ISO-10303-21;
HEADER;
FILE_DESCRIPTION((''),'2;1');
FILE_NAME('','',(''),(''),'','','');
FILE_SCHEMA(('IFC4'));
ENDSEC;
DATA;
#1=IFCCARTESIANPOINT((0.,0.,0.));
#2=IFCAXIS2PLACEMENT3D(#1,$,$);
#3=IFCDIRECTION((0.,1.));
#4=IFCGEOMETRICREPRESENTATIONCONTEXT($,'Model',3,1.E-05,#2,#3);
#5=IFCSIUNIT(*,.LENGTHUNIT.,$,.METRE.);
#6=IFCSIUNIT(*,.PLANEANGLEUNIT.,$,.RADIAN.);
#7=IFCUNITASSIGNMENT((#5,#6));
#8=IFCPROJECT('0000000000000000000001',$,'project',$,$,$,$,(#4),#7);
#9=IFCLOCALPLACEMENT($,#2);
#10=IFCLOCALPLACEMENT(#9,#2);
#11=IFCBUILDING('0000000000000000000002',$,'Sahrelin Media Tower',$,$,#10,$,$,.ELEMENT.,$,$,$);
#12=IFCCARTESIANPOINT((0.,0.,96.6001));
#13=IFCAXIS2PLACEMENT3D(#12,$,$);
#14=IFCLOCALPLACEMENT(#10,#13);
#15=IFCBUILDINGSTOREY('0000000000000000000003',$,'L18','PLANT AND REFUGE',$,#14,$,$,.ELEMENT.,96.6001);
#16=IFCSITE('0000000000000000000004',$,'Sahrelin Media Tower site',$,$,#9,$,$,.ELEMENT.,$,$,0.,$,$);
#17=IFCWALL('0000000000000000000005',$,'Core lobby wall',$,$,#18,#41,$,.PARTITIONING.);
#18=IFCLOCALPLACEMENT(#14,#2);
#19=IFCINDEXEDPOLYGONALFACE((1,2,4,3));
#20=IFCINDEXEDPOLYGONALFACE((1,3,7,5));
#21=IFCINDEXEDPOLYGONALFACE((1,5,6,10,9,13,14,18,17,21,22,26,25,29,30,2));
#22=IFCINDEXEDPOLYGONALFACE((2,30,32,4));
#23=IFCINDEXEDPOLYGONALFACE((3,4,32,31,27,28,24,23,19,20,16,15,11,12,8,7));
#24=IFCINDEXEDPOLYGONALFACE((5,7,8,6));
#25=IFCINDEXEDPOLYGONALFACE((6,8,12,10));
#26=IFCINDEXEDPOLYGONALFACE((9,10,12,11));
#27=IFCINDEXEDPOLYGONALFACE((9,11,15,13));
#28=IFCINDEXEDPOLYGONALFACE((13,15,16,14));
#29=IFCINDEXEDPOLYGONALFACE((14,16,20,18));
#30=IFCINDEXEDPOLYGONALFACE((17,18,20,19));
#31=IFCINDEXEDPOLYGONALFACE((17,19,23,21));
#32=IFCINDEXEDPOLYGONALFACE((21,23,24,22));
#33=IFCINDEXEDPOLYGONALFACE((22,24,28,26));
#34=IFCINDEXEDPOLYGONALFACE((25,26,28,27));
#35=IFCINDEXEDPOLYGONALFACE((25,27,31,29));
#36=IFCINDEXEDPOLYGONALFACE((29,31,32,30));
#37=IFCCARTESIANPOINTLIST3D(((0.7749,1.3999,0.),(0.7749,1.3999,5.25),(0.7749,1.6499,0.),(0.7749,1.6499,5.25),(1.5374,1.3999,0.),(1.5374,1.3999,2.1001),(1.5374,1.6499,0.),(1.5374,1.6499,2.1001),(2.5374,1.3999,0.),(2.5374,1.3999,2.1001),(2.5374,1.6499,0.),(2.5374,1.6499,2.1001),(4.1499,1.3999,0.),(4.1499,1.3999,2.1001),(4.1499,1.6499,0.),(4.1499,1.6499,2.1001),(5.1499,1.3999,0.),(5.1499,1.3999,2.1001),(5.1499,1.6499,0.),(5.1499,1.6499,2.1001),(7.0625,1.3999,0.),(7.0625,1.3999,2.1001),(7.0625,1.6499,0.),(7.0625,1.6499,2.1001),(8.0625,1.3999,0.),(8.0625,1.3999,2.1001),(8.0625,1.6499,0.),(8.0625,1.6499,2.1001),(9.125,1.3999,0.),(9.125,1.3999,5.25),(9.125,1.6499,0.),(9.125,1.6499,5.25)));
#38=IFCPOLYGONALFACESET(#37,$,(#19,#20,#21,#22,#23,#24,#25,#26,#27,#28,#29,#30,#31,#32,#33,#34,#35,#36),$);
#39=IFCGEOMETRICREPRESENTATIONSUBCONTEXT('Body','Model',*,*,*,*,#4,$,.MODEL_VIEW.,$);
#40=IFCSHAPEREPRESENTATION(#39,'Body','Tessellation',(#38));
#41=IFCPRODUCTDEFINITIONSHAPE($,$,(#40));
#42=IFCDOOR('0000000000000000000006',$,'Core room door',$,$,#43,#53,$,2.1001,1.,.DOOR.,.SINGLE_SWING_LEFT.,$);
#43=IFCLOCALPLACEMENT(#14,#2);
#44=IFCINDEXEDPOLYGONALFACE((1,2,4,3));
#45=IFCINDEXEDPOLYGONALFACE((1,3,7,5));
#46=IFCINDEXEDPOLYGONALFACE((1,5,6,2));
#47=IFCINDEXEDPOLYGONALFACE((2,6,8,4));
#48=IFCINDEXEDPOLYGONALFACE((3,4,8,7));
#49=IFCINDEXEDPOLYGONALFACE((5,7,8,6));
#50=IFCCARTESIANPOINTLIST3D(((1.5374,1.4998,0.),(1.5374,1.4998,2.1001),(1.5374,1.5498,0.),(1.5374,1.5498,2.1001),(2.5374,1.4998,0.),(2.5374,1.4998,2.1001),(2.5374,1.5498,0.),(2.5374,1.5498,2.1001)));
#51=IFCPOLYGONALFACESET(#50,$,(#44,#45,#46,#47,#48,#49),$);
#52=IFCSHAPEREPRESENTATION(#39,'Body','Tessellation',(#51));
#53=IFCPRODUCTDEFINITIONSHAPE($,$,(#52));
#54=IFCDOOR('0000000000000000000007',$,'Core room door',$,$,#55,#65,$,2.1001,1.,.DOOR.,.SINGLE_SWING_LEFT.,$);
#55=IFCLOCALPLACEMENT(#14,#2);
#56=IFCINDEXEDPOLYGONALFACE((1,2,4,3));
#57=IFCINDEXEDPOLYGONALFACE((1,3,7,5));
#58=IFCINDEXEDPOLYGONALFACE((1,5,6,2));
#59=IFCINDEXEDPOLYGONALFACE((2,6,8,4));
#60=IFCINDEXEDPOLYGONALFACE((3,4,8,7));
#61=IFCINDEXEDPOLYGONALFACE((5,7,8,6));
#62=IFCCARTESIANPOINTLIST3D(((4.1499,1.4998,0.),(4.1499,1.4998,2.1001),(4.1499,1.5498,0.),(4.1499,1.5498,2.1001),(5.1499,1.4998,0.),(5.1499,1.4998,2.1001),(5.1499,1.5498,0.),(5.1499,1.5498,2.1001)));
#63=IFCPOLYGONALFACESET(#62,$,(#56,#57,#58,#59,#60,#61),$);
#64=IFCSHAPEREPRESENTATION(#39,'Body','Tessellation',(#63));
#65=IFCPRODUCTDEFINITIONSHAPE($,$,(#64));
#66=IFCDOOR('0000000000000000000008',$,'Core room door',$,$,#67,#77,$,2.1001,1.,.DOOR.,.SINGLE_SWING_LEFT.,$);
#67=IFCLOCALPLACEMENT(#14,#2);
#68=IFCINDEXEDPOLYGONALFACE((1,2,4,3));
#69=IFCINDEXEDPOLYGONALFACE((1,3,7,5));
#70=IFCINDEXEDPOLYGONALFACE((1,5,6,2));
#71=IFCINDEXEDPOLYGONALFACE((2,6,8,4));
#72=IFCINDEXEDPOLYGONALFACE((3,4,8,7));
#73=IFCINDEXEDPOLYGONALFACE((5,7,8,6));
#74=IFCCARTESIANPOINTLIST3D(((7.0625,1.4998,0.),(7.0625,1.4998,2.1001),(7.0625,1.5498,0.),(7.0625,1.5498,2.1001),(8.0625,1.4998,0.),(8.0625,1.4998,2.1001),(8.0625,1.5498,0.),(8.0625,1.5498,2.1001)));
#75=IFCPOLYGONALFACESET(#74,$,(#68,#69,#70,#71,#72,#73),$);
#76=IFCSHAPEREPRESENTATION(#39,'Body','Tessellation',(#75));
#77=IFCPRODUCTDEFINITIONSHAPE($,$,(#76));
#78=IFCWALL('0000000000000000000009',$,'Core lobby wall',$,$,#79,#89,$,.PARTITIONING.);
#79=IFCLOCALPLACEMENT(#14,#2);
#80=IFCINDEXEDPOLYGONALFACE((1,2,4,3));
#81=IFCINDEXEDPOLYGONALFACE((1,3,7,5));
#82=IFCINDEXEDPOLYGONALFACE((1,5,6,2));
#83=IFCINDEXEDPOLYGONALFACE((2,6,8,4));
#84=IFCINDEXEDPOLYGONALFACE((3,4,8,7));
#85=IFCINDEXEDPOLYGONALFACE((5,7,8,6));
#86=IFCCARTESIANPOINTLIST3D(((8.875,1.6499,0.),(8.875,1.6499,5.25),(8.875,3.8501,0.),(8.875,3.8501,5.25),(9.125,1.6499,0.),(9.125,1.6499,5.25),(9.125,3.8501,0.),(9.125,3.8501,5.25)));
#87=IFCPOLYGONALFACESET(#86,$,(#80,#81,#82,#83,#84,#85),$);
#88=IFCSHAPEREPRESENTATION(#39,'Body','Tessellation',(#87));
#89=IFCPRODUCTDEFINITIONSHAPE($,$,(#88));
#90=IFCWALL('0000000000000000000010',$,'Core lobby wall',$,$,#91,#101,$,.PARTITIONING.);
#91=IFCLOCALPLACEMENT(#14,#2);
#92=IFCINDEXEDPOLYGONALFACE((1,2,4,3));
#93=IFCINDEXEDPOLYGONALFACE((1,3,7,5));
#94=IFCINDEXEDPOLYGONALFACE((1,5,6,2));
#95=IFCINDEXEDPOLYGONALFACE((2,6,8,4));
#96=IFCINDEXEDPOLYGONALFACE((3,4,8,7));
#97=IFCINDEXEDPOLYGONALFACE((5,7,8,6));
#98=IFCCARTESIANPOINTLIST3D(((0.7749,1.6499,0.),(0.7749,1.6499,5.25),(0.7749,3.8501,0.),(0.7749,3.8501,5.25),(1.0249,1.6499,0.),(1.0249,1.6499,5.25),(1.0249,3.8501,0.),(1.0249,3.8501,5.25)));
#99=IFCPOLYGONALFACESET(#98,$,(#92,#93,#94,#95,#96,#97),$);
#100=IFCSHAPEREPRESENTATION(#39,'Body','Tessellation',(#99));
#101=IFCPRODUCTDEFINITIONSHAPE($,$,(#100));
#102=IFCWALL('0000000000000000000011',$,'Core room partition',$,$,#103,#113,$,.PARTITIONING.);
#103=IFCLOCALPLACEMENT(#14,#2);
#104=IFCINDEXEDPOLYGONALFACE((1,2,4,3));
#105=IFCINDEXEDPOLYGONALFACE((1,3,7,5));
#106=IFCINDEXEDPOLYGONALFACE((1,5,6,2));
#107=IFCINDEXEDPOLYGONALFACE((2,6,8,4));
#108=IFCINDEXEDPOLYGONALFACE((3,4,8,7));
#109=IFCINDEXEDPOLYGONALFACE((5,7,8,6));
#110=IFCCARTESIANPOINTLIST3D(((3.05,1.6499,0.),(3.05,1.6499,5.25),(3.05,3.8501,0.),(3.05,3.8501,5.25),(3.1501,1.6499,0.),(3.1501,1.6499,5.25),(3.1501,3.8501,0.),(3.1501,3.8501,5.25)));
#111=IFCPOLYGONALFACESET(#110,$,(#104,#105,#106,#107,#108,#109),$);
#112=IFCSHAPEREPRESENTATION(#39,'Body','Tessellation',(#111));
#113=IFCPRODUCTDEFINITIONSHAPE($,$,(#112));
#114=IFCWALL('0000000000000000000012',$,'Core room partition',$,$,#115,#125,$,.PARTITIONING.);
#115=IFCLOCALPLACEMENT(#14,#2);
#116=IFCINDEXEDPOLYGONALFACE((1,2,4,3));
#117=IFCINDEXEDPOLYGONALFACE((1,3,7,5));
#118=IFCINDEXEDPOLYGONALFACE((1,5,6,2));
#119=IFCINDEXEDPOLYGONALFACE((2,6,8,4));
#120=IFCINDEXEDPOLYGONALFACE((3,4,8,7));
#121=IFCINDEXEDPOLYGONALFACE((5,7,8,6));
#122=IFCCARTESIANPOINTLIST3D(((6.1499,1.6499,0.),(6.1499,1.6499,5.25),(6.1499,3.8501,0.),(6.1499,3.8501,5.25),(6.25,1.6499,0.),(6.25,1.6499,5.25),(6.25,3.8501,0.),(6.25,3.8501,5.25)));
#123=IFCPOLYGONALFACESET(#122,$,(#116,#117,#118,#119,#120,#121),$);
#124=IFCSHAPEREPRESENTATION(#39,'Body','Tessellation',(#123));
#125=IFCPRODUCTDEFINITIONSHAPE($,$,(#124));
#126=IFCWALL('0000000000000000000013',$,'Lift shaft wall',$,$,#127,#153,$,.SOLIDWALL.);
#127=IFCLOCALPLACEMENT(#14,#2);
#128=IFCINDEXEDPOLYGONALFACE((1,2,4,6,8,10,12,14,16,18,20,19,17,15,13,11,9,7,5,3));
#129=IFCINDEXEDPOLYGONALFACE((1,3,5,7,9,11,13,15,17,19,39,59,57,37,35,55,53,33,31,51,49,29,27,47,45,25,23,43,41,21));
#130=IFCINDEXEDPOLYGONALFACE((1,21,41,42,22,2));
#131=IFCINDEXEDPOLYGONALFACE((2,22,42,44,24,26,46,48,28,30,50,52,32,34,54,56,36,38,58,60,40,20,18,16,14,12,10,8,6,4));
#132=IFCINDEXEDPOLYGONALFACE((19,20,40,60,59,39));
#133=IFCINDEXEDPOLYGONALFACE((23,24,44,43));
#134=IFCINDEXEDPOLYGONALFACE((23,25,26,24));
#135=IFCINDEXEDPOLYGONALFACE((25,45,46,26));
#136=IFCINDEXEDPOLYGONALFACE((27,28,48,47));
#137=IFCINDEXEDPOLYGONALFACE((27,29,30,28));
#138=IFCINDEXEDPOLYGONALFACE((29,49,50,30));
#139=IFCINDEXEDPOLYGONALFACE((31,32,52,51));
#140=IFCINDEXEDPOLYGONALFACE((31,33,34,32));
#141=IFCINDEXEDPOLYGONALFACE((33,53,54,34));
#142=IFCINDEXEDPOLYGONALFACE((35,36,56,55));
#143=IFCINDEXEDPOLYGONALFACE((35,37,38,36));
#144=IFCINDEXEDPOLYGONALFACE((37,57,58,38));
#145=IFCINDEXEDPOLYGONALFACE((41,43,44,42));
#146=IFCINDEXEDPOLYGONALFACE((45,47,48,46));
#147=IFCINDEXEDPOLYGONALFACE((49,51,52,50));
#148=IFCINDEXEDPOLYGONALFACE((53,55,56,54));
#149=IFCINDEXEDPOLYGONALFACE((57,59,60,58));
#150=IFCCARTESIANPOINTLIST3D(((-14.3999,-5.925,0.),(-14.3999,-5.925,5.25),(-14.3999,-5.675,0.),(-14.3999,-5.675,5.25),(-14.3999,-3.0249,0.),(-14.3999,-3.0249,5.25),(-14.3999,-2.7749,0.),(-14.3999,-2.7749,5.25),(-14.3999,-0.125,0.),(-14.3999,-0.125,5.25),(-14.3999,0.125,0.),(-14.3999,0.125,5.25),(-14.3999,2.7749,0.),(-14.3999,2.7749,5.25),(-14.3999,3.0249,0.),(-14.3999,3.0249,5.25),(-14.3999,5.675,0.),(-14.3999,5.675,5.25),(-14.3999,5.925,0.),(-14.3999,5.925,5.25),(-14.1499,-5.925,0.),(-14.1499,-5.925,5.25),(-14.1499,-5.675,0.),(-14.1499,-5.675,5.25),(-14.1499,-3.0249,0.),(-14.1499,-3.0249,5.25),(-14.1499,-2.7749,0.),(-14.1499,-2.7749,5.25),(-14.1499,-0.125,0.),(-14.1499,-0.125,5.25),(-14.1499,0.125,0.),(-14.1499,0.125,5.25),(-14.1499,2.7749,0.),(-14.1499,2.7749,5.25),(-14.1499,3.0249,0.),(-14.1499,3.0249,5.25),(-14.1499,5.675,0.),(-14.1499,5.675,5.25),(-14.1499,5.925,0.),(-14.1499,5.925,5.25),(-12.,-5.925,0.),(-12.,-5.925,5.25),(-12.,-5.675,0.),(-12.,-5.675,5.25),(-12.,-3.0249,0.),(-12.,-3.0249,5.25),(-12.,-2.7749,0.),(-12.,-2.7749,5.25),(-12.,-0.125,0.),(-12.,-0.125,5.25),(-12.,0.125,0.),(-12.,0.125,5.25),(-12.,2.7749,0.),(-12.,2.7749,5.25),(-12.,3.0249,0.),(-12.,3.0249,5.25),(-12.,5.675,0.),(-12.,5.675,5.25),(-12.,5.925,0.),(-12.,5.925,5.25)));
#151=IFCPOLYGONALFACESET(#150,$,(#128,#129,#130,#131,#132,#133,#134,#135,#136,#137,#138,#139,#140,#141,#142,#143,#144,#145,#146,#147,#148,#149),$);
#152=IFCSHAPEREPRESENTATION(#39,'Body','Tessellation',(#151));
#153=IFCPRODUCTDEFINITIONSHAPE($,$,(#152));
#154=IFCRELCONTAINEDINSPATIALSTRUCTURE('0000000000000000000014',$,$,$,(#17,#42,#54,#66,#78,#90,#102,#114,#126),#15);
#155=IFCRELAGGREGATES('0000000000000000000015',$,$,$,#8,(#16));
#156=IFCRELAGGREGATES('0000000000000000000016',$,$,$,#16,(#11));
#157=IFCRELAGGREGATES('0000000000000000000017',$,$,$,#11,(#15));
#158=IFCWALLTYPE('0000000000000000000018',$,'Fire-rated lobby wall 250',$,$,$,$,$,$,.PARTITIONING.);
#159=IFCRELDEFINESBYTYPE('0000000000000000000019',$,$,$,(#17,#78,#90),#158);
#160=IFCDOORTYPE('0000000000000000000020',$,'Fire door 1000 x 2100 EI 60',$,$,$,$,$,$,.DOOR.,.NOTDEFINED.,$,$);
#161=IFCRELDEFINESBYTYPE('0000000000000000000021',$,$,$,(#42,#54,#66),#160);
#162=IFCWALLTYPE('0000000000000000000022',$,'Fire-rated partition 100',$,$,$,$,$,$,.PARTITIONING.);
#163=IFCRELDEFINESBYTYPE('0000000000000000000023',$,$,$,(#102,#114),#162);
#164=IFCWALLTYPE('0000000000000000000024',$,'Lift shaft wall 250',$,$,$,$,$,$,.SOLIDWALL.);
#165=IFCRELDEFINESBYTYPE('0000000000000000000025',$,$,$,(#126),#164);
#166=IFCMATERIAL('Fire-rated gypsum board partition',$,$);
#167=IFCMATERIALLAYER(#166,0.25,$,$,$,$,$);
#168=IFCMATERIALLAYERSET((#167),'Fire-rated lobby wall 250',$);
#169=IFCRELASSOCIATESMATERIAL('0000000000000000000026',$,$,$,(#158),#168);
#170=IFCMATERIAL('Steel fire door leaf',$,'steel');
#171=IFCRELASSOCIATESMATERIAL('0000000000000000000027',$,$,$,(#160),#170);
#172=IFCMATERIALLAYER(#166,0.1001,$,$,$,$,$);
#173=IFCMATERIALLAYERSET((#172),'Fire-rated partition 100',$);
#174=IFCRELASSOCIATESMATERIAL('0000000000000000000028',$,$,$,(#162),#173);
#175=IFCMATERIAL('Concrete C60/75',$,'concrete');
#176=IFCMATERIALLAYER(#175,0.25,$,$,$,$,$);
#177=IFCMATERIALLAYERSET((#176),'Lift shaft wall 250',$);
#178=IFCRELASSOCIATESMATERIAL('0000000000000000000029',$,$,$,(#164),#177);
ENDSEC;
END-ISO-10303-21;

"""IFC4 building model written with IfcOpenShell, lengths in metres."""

from ifc_helpers import new_model, si_unit, direction, frame, frame_2d, origin, place, context, subcontext, project, spatial, polyline, rectangle, outline, extrude, material, layer, layer_set, type_object, element, fill, save


model = new_model("IFC4")

# Units and contexts
model_context = context("Model", 3, precision=1e-05, world=origin(), true_north=direction((0.0, 1.0)))
body_context = subcontext(model_context, "Body", "Model", "MODEL_VIEW")
ifc_project = project(units=[si_unit("LENGTHUNIT", "METRE"), si_unit("PLANEANGLEUNIT", "RADIAN")], contexts=[model_context])

# Site, building, storey
site_placement = place(None, origin())
site = spatial("IfcSite", under=ifc_project, at=site_placement, Name="Sahrelin Media Tower site", CompositionType="ELEMENT", RefElevation=0.0)
building_placement = place(site_placement, origin())
building = spatial("IfcBuilding", under=site, at=building_placement, Name="Sahrelin Media Tower", CompositionType="ELEMENT")
storey_placement = place(building_placement, frame((0.0, 0.0, 96.6001)))
storey = spatial("IfcBuildingStorey", under=building, at=storey_placement, Name="L18", Description="PLANT AND REFUGE", CompositionType="ELEMENT", Elevation=96.6001)

# Shared definitions
placement_1 = place(storey_placement, origin())

# Wall, openings, doors
ifc_material_1 = material(Name="Fire-rated gypsum board partition")
ifc_layer_1 = layer(ifc_material_1, 0.25)
ifc_layer_set_1 = layer_set([ifc_layer_1], Name="Fire-rated lobby wall 250")
wall_type_1 = type_object("IfcWallType", Name="Fire-rated lobby wall 250", PredefinedType="PARTITIONING", material=ifc_layer_set_1)
wall_1_placement = place(storey_placement, frame((0.7749, 1.5249, 0.0), z_axis=(0.0, 0.0, 1.0), x_axis=(1.0, 0.0, 0.0)))
wall_1 = element("IfcWall", 1, at=wall_1_placement, inside=storey, type_object=wall_type_1, Name="Core lobby wall", PredefinedType="PARTITIONING", context=body_context, shape_type="SweptSolid", body=[
    extrude(rectangle(XDim=8.3501, YDim=0.25, at=frame_2d((4.175, 0.0))), origin(), (0.0, 0.0, 1.0), 5.25),
])
opening_1_placement = place(wall_1_placement, frame((0.7625, 0.0, 0.0)))
opening_1 = element("IfcOpeningElement", 2, at=opening_1_placement, cuts=wall_1, PredefinedType="OPENING", context=body_context, shape_type="SweptSolid", body=[
    extrude(rectangle(XDim=1.0, YDim=2.1001, at=frame_2d((0.5, 1.05))), frame((0.0, 0.125, 0.0), z_axis=(0.0, -1.0, 0.0), x_axis=(1.0, 0.0, 0.0)), (0.0, 0.0, 1.0), 0.25),
])
opening_2_placement = place(wall_1_placement, frame((3.375, 0.0, 0.0)))
opening_2 = element("IfcOpeningElement", 3, at=opening_2_placement, cuts=wall_1, PredefinedType="OPENING", context=body_context, shape_type="SweptSolid", body=[
    extrude(rectangle(XDim=1.0, YDim=2.1001, at=frame_2d((0.5, 1.05))), frame((0.0, 0.125, 0.0), z_axis=(0.0, -1.0, 0.0), x_axis=(1.0, 0.0, 0.0)), (0.0, 0.0, 1.0), 0.25),
])
opening_3_placement = place(wall_1_placement, frame((6.2876, 0.0, 0.0)))
opening_3 = element("IfcOpeningElement", 4, at=opening_3_placement, cuts=wall_1, PredefinedType="OPENING", context=body_context, shape_type="SweptSolid", body=[
    extrude(rectangle(XDim=1.0, YDim=2.1001, at=frame_2d((0.5, 1.05))), frame((0.0, 0.125, 0.0), z_axis=(0.0, -1.0, 0.0), x_axis=(1.0, 0.0, 0.0)), (0.0, 0.0, 1.0), 0.25),
])
ifc_material_2 = material(Name="Steel fire door leaf", Category="steel")
door_type_1 = type_object("IfcDoorType", Name="Fire door 1000 x 2100 EI 60", OperationType="NOTDEFINED", PredefinedType="DOOR", material=ifc_material_2)
door_1_placement = place(opening_1_placement, origin())
door_1 = element("IfcDoor", 5, at=door_1_placement, inside=storey, type_object=door_type_1, Name="Core room door", OperationType="SINGLE_SWING_LEFT", OverallHeight=2.1001, OverallWidth=1.0, PredefinedType="DOOR", context=body_context, shape_type="SweptSolid", body=[
    extrude(rectangle(XDim=1.0, YDim=2.1001, at=frame_2d((0.5, 1.05))), frame((0.0, 0.0249, 0.0), z_axis=(0.0, -1.0, 0.0), x_axis=(1.0, 0.0, 0.0)), (0.0, 0.0, 1.0), 0.05),
])
fill(opening_1, door_1)
door_2_placement = place(opening_2_placement, origin())
door_2 = element("IfcDoor", 6, at=door_2_placement, inside=storey, type_object=door_type_1, Name="Core room door", OperationType="SINGLE_SWING_LEFT", OverallHeight=2.1001, OverallWidth=1.0, PredefinedType="DOOR", context=body_context, shape_type="SweptSolid", body=[
    extrude(rectangle(XDim=1.0, YDim=2.1001, at=frame_2d((0.5, 1.05))), frame((0.0, 0.0249, 0.0), z_axis=(0.0, -1.0, 0.0), x_axis=(1.0, 0.0, 0.0)), (0.0, 0.0, 1.0), 0.05),
])
fill(opening_2, door_2)
door_3_placement = place(opening_3_placement, origin())
door_3 = element("IfcDoor", 7, at=door_3_placement, inside=storey, type_object=door_type_1, Name="Core room door", OperationType="SINGLE_SWING_LEFT", OverallHeight=2.1001, OverallWidth=1.0, PredefinedType="DOOR", context=body_context, shape_type="SweptSolid", body=[
    extrude(rectangle(XDim=1.0, YDim=2.1001, at=frame_2d((0.5, 1.05))), frame((0.0, 0.0249, 0.0), z_axis=(0.0, -1.0, 0.0), x_axis=(1.0, 0.0, 0.0)), (0.0, 0.0, 1.0), 0.05),
])
fill(opening_3, door_3)

# Walls
for number, where, z_axis, x_axis, name in (
    (8, (9.0, 1.6499, 0.0), (0.0, 0.0, 1.0), (0.0, 1.0, 0.0), "Core lobby wall"),
    (9, (0.8999, 1.6499, 0.0), (0.0, 0.0, 1.0), (0.0, 1.0, 0.0), "Core lobby wall"),
):
    element("IfcWall", number, at=place(storey_placement, frame(where, z_axis=z_axis, x_axis=x_axis)), inside=storey, type_object=wall_type_1, Name=name, PredefinedType="PARTITIONING", context=body_context, shape_type="SweptSolid", body=[
        extrude(rectangle(XDim=2.2002, YDim=0.25, at=frame_2d((1.1001, 0.0))), origin(), (0.0, 0.0, 1.0), 5.25),
    ])
ifc_layer_2 = layer(ifc_material_1, 0.1001)
ifc_layer_set_2 = layer_set([ifc_layer_2], Name="Fire-rated partition 100")
wall_type_2 = type_object("IfcWallType", Name="Fire-rated partition 100", PredefinedType="PARTITIONING", material=ifc_layer_set_2)
for number, where, z_axis, x_axis, name in (
    (10, (3.1001, 1.6499, 0.0), (0.0, 0.0, 1.0), (0.0, 1.0, 0.0), "Core room partition"),
    (11, (6.2, 1.6499, 0.0), (0.0, 0.0, 1.0), (0.0, 1.0, 0.0), "Core room partition"),
):
    element("IfcWall", number, at=place(storey_placement, frame(where, z_axis=z_axis, x_axis=x_axis)), inside=storey, type_object=wall_type_2, Name=name, PredefinedType="PARTITIONING", context=body_context, shape_type="SweptSolid", body=[
        extrude(rectangle(XDim=2.2002, YDim=0.1001, at=frame_2d((1.1001, 0.0))), origin(), (0.0, 0.0, 1.0), 5.25),
    ])
ifc_material_3 = material(Name="Concrete C60/75", Category="concrete")
ifc_layer_3 = layer(ifc_material_3, 0.25)
ifc_layer_set_3 = layer_set([ifc_layer_3], Name="Lift shaft wall 250")
wall_type_3 = type_object("IfcWallType", Name="Lift shaft wall 250", PredefinedType="SOLIDWALL", material=ifc_layer_set_3)
element("IfcWall", 12, at=placement_1, inside=storey, type_object=wall_type_3, Name="Lift shaft wall", PredefinedType="SOLIDWALL", context=body_context, shape_type="SweptSolid", body=[
    extrude(outline(polyline([(-12.0, -5.925), (-12.0, -5.675), (-14.1499, -5.675), (-14.1499, -3.0249), (-12.0, -3.0249), (-12.0, -2.7749), (-14.1499, -2.7749), (-14.1499, -0.125), (-12.0, -0.125), (-12.0, 0.125), (-14.1499, 0.125), (-14.1499, 2.7749), (-12.0, 2.7749), (-12.0, 3.0249), (-14.1499, 3.0249), (-14.1499, 5.675), (-12.0, 5.675), (-12.0, 5.925), (-14.1499, 5.925), (-14.3999, 5.925), (-14.3999, 5.675), (-14.3999, 3.0249), (-14.3999, 2.7749), (-14.3999, 0.125), (-14.3999, -0.125), (-14.3999, -2.7749), (-14.3999, -3.0249), (-14.3999, -5.675), (-14.3999, -5.925), (-14.1499, -5.925), (-12.0, -5.925)])), origin(), (0.0, 0.0, 1.0), 5.25),
])

save(model, "model.ifc")
